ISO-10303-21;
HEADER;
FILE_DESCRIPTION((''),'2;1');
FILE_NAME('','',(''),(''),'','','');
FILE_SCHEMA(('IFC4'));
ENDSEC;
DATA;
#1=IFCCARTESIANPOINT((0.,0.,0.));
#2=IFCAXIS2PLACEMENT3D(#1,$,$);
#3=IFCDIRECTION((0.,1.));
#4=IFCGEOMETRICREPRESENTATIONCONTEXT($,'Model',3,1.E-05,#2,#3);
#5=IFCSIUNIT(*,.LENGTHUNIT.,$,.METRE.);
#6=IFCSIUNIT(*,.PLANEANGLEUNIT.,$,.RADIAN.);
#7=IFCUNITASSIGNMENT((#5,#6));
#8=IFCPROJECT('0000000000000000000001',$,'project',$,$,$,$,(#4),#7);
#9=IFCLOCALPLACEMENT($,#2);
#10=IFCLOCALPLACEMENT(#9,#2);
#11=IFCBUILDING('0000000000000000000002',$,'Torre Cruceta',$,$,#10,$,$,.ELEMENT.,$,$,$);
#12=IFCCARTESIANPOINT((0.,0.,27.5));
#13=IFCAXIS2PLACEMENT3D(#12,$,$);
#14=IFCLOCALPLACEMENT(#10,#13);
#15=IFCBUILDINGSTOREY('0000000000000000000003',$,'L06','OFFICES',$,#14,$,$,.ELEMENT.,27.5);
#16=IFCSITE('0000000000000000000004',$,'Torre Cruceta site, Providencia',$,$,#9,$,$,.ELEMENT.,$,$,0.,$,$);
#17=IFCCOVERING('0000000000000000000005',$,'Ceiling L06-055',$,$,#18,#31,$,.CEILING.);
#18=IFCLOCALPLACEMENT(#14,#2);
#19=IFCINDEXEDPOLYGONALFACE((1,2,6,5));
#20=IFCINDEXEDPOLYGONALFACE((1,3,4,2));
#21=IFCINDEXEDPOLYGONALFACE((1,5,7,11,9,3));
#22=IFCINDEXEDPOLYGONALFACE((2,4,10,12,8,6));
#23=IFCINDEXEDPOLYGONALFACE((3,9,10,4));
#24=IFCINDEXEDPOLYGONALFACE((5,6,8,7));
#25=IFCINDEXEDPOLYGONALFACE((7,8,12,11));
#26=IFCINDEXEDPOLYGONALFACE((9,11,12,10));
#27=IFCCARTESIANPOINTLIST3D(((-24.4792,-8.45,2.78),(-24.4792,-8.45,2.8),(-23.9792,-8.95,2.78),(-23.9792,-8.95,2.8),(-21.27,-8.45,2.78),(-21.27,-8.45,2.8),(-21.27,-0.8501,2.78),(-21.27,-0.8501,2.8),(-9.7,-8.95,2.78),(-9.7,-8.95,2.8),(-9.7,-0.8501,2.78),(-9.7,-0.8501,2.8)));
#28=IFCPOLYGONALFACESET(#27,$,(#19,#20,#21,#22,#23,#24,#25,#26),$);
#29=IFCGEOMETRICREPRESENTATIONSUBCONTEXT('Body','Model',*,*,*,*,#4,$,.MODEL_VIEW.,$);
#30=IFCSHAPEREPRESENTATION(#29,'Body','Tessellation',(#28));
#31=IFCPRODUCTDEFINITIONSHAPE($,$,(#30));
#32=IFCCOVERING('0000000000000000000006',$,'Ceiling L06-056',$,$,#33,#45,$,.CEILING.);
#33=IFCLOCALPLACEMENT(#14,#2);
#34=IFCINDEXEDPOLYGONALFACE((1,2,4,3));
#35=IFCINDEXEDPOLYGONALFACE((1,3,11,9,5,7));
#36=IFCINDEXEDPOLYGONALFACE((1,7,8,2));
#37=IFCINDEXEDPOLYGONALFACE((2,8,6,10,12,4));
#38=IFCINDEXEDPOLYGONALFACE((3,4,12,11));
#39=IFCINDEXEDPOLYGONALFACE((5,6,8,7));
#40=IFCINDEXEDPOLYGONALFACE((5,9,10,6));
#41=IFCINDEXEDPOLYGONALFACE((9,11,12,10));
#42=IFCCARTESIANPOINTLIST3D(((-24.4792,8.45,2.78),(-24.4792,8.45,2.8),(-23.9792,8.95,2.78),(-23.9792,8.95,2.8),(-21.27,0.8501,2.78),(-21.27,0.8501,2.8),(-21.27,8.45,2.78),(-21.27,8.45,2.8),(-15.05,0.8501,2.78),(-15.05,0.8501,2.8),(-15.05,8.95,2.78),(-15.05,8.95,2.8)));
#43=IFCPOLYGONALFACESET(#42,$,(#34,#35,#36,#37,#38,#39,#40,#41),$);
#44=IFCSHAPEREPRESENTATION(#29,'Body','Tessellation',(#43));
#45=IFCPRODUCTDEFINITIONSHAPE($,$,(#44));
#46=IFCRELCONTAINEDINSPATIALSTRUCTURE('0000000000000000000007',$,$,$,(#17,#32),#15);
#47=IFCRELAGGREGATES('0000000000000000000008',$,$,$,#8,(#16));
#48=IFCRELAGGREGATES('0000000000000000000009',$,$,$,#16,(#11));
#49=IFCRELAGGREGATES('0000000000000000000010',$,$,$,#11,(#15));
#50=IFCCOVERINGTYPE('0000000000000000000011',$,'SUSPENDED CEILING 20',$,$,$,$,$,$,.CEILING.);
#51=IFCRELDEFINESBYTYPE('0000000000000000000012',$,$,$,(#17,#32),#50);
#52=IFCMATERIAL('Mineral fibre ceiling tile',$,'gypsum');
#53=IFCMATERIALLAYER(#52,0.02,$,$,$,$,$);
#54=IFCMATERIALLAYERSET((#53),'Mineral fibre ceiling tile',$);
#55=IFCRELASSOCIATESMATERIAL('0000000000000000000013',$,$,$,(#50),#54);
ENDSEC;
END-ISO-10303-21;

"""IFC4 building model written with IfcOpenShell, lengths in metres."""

from ifc_helpers import new_model, si_unit, direction, frame, origin, place, context, subcontext, project, spatial, polyline, outline, extrude, material, layer, layer_set, type_object, element, save


model = new_model("IFC4")

# Units and contexts
model_context = context("Model", 3, precision=1e-05, world=origin(), true_north=direction((0.0, 1.0)))
body_context = subcontext(model_context, "Body", "Model", "MODEL_VIEW")
ifc_project = project(units=[si_unit("LENGTHUNIT", "METRE"), si_unit("PLANEANGLEUNIT", "RADIAN")], contexts=[model_context])

# Site, building, storey
site_placement = place(None, origin())
site = spatial("IfcSite", under=ifc_project, at=site_placement, Name="Torre Cruceta site, Providencia", CompositionType="ELEMENT", RefElevation=0.0)
building_placement = place(site_placement, origin())
building = spatial("IfcBuilding", under=site, at=building_placement, Name="Torre Cruceta", CompositionType="ELEMENT")
storey_placement = place(building_placement, frame((0.0, 0.0, 27.5)))
storey = spatial("IfcBuildingStorey", under=building, at=storey_placement, Name="L06", Description="OFFICES", CompositionType="ELEMENT", Elevation=27.5)

# Coverings
ifc_material_1 = material(Name="Mineral fibre ceiling tile", Category="gypsum")
ifc_layer_1 = layer(ifc_material_1, 0.02)
ifc_layer_set_1 = layer_set([ifc_layer_1], Name="Mineral fibre ceiling tile")
covering_type_1 = type_object("IfcCoveringType", Name="SUSPENDED CEILING 20", PredefinedType="CEILING", material=ifc_layer_set_1)
covering_1_placement = place(storey_placement, frame((0.0, 0.0, 2.78)))
element("IfcCovering", 1, at=covering_1_placement, inside=storey, type_object=covering_type_1, Name="Ceiling L06-055", PredefinedType="CEILING", context=body_context, shape_type="SweptSolid", body=[
    extrude(outline(polyline([(-21.27, -8.45), (-21.27, -0.8501), (-9.7, -0.8501), (-9.7, -8.95), (-23.9792, -8.95), (-24.4792, -8.45), (-21.27, -8.45)])), origin(), (0.0, 0.0, 1.0), 0.02),
])
covering_2_placement = place(storey_placement, frame((0.0, 0.0, 2.78)))
element("IfcCovering", 2, at=covering_2_placement, inside=storey, type_object=covering_type_1, Name="Ceiling L06-056", PredefinedType="CEILING", context=body_context, shape_type="SweptSolid", body=[
    extrude(outline(polyline([(-21.27, 8.45), (-24.4792, 8.45), (-23.9792, 8.95), (-15.05, 8.95), (-15.05, 0.8501), (-21.27, 0.8501), (-21.27, 8.45)])), origin(), (0.0, 0.0, 1.0), 0.02),
])

save(model, "model.ifc")
